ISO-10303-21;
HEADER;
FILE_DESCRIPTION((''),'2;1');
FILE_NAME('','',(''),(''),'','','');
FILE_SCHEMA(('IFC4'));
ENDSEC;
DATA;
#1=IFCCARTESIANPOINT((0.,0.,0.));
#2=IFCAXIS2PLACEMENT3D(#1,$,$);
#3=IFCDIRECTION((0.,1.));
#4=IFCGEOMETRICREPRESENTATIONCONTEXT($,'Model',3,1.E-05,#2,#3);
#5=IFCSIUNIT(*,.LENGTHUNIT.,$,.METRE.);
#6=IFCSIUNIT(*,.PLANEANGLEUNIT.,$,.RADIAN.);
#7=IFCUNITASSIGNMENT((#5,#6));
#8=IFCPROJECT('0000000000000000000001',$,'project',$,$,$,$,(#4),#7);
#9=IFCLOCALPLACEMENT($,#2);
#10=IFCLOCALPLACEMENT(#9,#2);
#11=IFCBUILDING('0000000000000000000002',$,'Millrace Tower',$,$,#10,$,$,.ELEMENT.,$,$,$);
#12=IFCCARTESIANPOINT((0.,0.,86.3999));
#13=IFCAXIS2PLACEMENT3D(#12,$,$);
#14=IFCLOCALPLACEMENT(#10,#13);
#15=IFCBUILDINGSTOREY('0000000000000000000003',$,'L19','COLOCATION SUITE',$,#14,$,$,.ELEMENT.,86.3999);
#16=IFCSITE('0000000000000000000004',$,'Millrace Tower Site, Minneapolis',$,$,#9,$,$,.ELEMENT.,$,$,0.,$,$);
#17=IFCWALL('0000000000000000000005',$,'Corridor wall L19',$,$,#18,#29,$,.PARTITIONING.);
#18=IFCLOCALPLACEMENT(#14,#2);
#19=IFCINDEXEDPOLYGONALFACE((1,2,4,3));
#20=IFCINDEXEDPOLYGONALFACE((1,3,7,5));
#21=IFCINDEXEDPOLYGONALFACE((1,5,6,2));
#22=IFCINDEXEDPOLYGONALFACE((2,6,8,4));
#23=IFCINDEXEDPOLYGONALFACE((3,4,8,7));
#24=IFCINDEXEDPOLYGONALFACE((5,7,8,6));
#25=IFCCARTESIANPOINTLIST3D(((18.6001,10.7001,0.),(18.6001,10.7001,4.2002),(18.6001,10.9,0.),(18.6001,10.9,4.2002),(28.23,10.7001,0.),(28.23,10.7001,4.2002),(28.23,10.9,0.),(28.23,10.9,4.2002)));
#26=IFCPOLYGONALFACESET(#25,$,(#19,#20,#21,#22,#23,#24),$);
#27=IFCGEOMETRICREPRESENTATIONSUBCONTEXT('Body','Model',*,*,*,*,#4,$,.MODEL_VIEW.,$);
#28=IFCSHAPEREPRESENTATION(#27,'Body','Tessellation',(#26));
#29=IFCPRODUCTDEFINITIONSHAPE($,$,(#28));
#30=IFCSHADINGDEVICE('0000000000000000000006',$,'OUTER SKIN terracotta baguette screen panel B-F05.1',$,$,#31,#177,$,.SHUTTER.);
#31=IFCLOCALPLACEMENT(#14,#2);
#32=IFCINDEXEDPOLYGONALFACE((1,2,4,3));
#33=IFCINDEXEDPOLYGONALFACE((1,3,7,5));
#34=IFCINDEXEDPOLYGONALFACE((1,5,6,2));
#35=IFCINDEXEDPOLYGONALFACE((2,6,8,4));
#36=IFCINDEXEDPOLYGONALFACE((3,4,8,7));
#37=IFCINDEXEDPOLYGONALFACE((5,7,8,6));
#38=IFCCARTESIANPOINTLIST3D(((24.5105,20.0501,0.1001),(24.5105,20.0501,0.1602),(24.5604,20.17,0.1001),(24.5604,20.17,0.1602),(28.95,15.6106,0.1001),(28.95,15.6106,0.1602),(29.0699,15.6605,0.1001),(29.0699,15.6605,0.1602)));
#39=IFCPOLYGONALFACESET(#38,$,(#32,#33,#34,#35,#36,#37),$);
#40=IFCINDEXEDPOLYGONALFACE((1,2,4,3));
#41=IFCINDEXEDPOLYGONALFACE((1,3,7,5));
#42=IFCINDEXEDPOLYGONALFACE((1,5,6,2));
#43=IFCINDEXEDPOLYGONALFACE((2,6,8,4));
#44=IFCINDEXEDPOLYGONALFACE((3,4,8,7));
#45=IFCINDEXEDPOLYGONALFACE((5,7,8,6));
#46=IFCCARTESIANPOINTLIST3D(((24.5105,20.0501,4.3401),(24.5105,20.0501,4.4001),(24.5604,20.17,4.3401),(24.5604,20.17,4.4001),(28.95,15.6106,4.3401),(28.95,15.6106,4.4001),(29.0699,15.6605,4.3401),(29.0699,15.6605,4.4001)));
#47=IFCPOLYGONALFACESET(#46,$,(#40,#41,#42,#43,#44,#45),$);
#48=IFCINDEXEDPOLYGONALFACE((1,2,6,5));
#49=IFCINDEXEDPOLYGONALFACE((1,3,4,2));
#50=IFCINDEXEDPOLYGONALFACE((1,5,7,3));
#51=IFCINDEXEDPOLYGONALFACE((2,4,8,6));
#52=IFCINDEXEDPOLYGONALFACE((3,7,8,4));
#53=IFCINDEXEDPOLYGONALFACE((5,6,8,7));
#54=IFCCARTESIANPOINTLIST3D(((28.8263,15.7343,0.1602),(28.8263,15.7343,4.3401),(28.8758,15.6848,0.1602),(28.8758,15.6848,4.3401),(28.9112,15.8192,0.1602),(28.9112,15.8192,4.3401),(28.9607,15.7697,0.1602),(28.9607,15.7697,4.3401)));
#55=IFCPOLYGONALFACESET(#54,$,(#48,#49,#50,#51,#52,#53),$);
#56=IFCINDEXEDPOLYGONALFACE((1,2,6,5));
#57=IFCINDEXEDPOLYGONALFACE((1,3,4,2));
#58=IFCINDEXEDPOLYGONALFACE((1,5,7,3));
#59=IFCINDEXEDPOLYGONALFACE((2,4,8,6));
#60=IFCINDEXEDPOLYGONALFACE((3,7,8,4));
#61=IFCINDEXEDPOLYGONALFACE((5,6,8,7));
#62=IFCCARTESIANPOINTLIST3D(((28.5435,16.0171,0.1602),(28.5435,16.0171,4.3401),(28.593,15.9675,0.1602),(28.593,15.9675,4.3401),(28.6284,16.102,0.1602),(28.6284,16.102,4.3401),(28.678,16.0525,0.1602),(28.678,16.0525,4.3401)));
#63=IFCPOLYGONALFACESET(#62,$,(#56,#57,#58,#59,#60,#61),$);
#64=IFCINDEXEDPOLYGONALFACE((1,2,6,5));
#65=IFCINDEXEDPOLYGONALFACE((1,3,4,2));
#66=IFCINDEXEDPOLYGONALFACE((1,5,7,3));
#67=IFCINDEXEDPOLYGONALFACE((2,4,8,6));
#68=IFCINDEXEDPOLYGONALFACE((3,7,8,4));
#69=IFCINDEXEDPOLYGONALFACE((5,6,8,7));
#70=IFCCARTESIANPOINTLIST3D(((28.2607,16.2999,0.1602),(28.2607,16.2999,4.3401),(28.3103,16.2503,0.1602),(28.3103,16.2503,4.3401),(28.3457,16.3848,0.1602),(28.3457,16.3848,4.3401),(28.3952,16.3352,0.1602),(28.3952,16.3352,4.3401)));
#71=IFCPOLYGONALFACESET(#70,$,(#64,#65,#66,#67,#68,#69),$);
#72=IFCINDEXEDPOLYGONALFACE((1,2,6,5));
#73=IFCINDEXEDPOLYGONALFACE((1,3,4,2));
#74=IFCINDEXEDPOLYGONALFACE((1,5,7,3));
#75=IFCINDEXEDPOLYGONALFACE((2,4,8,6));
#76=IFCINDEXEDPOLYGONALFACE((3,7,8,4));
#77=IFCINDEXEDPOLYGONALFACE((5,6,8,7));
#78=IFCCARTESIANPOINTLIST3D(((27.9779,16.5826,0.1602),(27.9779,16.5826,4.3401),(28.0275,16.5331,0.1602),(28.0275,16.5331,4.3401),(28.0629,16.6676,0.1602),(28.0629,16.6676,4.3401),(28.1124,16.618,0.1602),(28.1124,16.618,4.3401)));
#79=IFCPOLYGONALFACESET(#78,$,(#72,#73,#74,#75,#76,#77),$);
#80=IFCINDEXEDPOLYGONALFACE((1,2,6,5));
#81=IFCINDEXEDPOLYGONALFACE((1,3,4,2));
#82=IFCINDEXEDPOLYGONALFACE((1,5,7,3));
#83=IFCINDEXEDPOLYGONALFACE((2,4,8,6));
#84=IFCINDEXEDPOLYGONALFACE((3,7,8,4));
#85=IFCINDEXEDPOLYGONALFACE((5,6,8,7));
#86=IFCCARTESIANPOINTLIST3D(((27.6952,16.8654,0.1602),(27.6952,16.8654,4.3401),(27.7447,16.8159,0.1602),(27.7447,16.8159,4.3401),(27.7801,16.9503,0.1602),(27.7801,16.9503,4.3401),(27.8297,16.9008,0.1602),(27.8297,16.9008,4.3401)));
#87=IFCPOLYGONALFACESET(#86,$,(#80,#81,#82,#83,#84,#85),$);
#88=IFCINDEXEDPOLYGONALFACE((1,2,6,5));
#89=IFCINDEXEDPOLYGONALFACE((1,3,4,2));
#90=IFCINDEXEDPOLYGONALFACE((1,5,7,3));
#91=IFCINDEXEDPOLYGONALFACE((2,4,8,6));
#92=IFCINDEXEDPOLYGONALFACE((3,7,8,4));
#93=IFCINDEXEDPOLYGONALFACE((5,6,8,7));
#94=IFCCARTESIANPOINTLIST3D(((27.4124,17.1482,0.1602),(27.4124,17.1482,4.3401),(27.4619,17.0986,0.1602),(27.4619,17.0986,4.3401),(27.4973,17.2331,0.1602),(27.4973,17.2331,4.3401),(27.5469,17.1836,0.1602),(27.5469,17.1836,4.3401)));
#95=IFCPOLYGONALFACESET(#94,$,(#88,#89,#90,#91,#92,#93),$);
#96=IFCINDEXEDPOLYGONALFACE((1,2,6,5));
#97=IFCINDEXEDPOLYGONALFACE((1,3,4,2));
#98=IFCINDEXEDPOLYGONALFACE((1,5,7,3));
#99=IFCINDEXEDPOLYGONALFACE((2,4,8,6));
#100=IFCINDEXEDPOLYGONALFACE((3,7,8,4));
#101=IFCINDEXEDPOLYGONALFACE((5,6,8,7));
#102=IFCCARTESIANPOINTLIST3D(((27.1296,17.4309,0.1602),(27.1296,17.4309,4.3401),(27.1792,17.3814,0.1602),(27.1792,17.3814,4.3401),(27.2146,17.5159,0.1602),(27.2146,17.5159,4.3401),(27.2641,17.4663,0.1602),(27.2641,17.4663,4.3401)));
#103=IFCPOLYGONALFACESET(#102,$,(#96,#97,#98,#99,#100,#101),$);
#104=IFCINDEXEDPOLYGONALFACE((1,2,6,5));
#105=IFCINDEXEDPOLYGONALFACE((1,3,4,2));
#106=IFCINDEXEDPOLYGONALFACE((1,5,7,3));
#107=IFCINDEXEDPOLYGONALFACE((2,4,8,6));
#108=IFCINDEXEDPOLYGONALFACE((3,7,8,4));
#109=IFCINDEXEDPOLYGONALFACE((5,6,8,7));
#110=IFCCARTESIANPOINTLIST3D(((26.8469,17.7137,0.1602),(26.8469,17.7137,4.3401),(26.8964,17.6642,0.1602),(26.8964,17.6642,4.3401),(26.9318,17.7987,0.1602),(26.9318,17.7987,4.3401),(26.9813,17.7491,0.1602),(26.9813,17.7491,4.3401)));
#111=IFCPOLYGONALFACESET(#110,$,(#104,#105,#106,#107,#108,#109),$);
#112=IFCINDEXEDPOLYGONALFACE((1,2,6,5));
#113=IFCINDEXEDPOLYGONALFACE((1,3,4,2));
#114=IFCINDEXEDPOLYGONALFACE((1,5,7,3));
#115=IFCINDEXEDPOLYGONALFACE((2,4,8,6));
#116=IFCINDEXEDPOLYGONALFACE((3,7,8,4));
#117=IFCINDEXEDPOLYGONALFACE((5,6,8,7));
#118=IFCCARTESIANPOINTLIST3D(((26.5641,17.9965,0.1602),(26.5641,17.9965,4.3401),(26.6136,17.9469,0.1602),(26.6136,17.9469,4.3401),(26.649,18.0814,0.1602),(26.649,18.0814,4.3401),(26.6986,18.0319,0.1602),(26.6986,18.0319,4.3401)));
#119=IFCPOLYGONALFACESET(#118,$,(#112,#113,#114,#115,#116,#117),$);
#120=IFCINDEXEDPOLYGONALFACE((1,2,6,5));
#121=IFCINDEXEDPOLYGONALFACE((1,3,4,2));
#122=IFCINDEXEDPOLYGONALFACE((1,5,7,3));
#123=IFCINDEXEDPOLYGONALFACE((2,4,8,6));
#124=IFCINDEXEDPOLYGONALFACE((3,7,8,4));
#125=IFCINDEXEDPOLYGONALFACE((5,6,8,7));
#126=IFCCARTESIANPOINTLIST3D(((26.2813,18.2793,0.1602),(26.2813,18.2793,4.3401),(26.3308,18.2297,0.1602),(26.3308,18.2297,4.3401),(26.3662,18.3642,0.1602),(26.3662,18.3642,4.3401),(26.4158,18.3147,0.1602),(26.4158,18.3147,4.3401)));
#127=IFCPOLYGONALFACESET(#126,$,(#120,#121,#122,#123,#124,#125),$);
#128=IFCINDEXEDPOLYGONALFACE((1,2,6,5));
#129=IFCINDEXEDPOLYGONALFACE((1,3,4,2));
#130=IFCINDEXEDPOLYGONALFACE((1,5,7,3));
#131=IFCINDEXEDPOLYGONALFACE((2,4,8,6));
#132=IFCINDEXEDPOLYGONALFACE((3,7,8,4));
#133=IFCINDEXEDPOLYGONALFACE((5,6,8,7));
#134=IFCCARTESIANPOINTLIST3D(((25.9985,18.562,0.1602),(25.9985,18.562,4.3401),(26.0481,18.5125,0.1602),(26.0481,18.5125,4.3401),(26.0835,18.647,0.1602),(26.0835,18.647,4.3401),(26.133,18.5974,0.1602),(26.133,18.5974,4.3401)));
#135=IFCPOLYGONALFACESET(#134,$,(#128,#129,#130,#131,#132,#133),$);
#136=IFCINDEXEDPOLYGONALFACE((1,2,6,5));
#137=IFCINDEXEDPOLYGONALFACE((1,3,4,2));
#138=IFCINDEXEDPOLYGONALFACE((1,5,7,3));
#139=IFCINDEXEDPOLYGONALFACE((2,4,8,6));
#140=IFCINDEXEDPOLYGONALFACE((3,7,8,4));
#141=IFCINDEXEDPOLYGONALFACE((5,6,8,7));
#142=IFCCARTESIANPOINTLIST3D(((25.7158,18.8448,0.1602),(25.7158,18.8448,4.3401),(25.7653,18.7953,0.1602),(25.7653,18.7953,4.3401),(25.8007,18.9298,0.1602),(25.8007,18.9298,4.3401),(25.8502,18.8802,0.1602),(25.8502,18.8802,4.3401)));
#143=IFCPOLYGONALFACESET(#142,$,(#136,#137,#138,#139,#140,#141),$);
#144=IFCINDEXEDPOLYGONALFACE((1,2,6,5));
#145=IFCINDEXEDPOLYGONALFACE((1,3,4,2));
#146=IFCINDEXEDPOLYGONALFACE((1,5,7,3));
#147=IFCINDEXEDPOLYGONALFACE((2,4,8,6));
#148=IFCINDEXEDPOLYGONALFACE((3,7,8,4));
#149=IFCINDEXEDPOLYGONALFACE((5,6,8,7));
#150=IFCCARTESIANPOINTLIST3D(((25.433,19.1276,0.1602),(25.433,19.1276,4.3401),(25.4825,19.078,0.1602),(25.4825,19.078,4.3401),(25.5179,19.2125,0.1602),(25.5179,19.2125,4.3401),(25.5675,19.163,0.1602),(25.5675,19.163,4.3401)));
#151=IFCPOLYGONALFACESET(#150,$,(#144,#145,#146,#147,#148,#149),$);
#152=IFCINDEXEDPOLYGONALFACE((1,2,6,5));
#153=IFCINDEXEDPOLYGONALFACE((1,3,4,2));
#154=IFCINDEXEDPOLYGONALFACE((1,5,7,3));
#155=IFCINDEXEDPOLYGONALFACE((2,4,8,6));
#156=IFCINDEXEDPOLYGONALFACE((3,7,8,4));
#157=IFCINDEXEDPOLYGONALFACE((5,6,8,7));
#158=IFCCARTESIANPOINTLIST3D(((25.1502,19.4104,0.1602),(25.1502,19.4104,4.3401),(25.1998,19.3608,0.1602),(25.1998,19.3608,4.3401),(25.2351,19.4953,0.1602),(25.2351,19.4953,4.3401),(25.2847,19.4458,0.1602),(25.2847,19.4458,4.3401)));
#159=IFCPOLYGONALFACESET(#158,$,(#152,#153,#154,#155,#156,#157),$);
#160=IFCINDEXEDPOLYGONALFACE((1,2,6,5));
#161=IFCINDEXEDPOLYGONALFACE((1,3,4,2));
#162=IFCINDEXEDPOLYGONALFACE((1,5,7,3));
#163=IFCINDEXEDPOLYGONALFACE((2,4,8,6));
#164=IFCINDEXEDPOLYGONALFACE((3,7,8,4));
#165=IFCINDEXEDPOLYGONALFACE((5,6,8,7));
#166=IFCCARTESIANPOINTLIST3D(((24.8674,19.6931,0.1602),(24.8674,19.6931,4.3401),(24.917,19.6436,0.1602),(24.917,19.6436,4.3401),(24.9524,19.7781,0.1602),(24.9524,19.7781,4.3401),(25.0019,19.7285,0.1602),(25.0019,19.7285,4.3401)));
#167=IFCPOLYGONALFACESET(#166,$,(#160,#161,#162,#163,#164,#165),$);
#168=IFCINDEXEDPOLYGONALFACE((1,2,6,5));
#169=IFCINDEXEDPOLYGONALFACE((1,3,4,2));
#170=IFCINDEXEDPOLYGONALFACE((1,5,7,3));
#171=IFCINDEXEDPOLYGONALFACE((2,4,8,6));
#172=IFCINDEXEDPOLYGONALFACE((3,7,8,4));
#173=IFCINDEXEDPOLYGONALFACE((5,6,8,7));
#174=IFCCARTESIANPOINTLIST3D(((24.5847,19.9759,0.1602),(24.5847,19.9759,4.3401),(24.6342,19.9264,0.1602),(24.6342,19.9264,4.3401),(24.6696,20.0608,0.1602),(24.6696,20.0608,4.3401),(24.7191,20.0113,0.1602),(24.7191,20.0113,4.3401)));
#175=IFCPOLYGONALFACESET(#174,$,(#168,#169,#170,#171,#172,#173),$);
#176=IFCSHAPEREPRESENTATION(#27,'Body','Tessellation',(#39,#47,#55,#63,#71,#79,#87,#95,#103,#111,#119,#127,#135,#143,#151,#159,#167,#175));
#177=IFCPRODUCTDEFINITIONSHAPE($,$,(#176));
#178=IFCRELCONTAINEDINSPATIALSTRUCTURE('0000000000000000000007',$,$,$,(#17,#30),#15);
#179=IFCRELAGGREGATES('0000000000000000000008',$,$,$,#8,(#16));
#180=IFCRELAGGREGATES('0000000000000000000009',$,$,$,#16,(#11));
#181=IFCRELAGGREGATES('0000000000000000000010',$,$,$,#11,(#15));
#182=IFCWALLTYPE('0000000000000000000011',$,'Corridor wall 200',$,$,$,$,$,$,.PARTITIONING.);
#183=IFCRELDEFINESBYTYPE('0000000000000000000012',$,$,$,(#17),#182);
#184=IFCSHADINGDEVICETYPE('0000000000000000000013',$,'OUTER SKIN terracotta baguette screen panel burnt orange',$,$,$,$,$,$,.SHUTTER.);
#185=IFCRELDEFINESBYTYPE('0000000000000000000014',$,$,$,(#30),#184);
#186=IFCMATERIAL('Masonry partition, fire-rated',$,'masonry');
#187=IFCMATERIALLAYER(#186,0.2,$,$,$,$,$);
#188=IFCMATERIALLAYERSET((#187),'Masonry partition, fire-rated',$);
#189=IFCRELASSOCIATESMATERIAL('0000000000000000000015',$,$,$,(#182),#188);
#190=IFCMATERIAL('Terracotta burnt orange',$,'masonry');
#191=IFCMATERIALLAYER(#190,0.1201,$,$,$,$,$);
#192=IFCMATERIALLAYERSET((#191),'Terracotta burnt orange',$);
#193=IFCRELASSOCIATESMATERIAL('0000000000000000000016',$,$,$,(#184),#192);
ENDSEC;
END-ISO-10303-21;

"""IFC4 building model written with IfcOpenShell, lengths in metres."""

from ifc_helpers import new_model, entity, si_unit, direction, frame, frame_2d, origin, place, context, subcontext, project, spatial, rectangle, extrude, source, transform, mapped, material, layer, layer_set, type_object, element, save


model = new_model("IFC4")

# Units and contexts
model_context = context("Model", 3, precision=1e-05, world=origin(), true_north=direction((0.0, 1.0)))
body_context = subcontext(model_context, "Body", "Model", "MODEL_VIEW")
ifc_project = project(units=[si_unit("LENGTHUNIT", "METRE"), si_unit("PLANEANGLEUNIT", "RADIAN")], contexts=[model_context])

# Site, building, storey
site_placement = place(None, origin())
site = spatial("IfcSite", under=ifc_project, at=site_placement, Name="Millrace Tower Site, Minneapolis", CompositionType="ELEMENT", RefElevation=0.0)
building_placement = place(site_placement, origin())
building = spatial("IfcBuilding", under=site, at=building_placement, Name="Millrace Tower", CompositionType="ELEMENT")
storey_placement = place(building_placement, frame((0.0, 0.0, 86.3999)))
storey = spatial("IfcBuildingStorey", under=building, at=storey_placement, Name="L19", Description="COLOCATION SUITE", CompositionType="ELEMENT", Elevation=86.3999)

# Wall
ifc_material_1 = material(Name="Masonry partition, fire-rated", Category="masonry")
ifc_layer_1 = layer(ifc_material_1, 0.2)
ifc_layer_set_1 = layer_set([ifc_layer_1], Name="Masonry partition, fire-rated")
wall_type = type_object("IfcWallType", Name="Corridor wall 200", PredefinedType="PARTITIONING", material=ifc_layer_set_1)
wall_placement = place(storey_placement, frame((18.6001, 10.8, 0.0), z_axis=(0.0, 0.0, 1.0), x_axis=(1.0, 0.0, 0.0)))
element("IfcWall", 1, at=wall_placement, inside=storey, type_object=wall_type, Name="Corridor wall L19", PredefinedType="PARTITIONING", context=body_context, shape_type="SweptSolid", body=[
    extrude(rectangle(XDim=9.6299, YDim=0.2, at=frame_2d((4.8149, 0.0))), origin(), (0.0, 0.0, 1.0), 4.2002),
])

# Shading device
ifc_material_2 = material(Name="Terracotta burnt orange", Category="masonry")
ifc_layer_2 = layer(ifc_material_2, 0.1201)
ifc_layer_set_2 = layer_set([ifc_layer_2], Name="Terracotta burnt orange")
shading_device_type = type_object("IfcShadingDeviceType", Name="OUTER SKIN terracotta baguette screen panel burnt orange", PredefinedType="SHUTTER", material=ifc_layer_set_2)
cartesian_point_1 = entity("IfcCartesianPoint", [-3.1392, 0.0601])
shared_polyline_1 = entity("IfcPolyline", [cartesian_point_1, entity("IfcCartesianPoint", [3.1392, 0.0601]), entity("IfcCartesianPoint", [3.1887, -0.0601]), entity("IfcCartesianPoint", [-3.1887, -0.0601]), cartesian_point_1])
shared_shape_1 = source(origin(), body_context, "Body", "SweptSolid", [
    entity("IfcExtrudedAreaSolid", entity("IfcArbitraryClosedProfileDef", "AREA", None, shared_polyline_1), entity("IfcAxis2Placement3D", entity("IfcCartesianPoint", [0.0, 0.0, 0.0])), entity("IfcDirection", [0.0, 0.0, 1.0]), 0.0601),
    entity("IfcExtrudedAreaSolid", entity("IfcArbitraryClosedProfileDef", "AREA", None, shared_polyline_1), entity("IfcAxis2Placement3D", entity("IfcCartesianPoint", [0.0, 0.0, 4.24])), entity("IfcDirection", [0.0, 0.0, 1.0]), 0.0601),
    extrude(rectangle(XDim=0.0701, YDim=0.1201, at=frame_2d((-2.9993, 0.0))), frame((0.0, 0.0, 0.0601)), (0.0, 0.0, 1.0), 4.1799),
    extrude(rectangle(XDim=0.0701, YDim=0.1201, at=frame_2d((-2.5994, 0.0))), frame((0.0, 0.0, 0.0601)), (0.0, 0.0, 1.0), 4.1799),
    extrude(rectangle(XDim=0.0701, YDim=0.1201, at=frame_2d((-2.1995, 0.0))), frame((0.0, 0.0, 0.0601)), (0.0, 0.0, 1.0), 4.1799),
    extrude(rectangle(XDim=0.0701, YDim=0.1201, at=frame_2d((-1.7996, 0.0))), frame((0.0, 0.0, 0.0601)), (0.0, 0.0, 1.0), 4.1799),
    extrude(rectangle(XDim=0.0701, YDim=0.1201, at=frame_2d((-1.3997, 0.0))), frame((0.0, 0.0, 0.0601)), (0.0, 0.0, 1.0), 4.1799),
    extrude(rectangle(XDim=0.0701, YDim=0.1201, at=frame_2d((-0.9998, 0.0))), frame((0.0, 0.0, 0.0601)), (0.0, 0.0, 1.0), 4.1799),
    extrude(rectangle(XDim=0.0701, YDim=0.1201, at=frame_2d((-0.5999, 0.0))), frame((0.0, 0.0, 0.0601)), (0.0, 0.0, 1.0), 4.1799),
    extrude(rectangle(XDim=0.0701, YDim=0.1201, at=frame_2d((-0.2, 0.0))), frame((0.0, 0.0, 0.0601)), (0.0, 0.0, 1.0), 4.1799),
    extrude(rectangle(XDim=0.0701, YDim=0.1201, at=frame_2d((0.2, 0.0))), frame((0.0, 0.0, 0.0601)), (0.0, 0.0, 1.0), 4.1799),
    extrude(rectangle(XDim=0.0701, YDim=0.1201, at=frame_2d((0.5999, 0.0))), frame((0.0, 0.0, 0.0601)), (0.0, 0.0, 1.0), 4.1799),
    extrude(rectangle(XDim=0.0701, YDim=0.1201, at=frame_2d((0.9998, 0.0))), frame((0.0, 0.0, 0.0601)), (0.0, 0.0, 1.0), 4.1799),
    extrude(rectangle(XDim=0.0701, YDim=0.1201, at=frame_2d((1.3997, 0.0))), frame((0.0, 0.0, 0.0601)), (0.0, 0.0, 1.0), 4.1799),
    extrude(rectangle(XDim=0.0701, YDim=0.1201, at=frame_2d((1.7996, 0.0))), frame((0.0, 0.0, 0.0601)), (0.0, 0.0, 1.0), 4.1799),
    extrude(rectangle(XDim=0.0701, YDim=0.1201, at=frame_2d((2.1995, 0.0))), frame((0.0, 0.0, 0.0601)), (0.0, 0.0, 1.0), 4.1799),
    extrude(rectangle(XDim=0.0701, YDim=0.1201, at=frame_2d((2.5994, 0.0))), frame((0.0, 0.0, 0.0601)), (0.0, 0.0, 1.0), 4.1799),
    extrude(rectangle(XDim=0.0701, YDim=0.1201, at=frame_2d((2.9993, 0.0))), frame((0.0, 0.0, 0.0601)), (0.0, 0.0, 1.0), 4.1799),
])
shading_device_1_placement = place(storey_placement, frame((26.7727, 17.8728, 0.1001), z_axis=(0.0, 0.0, 1.0), x_axis=(-0.707107, 0.707107, 0.0)))
element("IfcShadingDevice", 2, at=shading_device_1_placement, inside=storey, type_object=shading_device_type, Name="OUTER SKIN terracotta baguette screen panel B-F05.1", PredefinedType="SHUTTER", context=body_context, shape_type="MappedRepresentation", body=[
    mapped(shared_shape_1, transform((0.0, 0.0, 0.0), scale=1.0)),
])

save(model, "model.ifc")
